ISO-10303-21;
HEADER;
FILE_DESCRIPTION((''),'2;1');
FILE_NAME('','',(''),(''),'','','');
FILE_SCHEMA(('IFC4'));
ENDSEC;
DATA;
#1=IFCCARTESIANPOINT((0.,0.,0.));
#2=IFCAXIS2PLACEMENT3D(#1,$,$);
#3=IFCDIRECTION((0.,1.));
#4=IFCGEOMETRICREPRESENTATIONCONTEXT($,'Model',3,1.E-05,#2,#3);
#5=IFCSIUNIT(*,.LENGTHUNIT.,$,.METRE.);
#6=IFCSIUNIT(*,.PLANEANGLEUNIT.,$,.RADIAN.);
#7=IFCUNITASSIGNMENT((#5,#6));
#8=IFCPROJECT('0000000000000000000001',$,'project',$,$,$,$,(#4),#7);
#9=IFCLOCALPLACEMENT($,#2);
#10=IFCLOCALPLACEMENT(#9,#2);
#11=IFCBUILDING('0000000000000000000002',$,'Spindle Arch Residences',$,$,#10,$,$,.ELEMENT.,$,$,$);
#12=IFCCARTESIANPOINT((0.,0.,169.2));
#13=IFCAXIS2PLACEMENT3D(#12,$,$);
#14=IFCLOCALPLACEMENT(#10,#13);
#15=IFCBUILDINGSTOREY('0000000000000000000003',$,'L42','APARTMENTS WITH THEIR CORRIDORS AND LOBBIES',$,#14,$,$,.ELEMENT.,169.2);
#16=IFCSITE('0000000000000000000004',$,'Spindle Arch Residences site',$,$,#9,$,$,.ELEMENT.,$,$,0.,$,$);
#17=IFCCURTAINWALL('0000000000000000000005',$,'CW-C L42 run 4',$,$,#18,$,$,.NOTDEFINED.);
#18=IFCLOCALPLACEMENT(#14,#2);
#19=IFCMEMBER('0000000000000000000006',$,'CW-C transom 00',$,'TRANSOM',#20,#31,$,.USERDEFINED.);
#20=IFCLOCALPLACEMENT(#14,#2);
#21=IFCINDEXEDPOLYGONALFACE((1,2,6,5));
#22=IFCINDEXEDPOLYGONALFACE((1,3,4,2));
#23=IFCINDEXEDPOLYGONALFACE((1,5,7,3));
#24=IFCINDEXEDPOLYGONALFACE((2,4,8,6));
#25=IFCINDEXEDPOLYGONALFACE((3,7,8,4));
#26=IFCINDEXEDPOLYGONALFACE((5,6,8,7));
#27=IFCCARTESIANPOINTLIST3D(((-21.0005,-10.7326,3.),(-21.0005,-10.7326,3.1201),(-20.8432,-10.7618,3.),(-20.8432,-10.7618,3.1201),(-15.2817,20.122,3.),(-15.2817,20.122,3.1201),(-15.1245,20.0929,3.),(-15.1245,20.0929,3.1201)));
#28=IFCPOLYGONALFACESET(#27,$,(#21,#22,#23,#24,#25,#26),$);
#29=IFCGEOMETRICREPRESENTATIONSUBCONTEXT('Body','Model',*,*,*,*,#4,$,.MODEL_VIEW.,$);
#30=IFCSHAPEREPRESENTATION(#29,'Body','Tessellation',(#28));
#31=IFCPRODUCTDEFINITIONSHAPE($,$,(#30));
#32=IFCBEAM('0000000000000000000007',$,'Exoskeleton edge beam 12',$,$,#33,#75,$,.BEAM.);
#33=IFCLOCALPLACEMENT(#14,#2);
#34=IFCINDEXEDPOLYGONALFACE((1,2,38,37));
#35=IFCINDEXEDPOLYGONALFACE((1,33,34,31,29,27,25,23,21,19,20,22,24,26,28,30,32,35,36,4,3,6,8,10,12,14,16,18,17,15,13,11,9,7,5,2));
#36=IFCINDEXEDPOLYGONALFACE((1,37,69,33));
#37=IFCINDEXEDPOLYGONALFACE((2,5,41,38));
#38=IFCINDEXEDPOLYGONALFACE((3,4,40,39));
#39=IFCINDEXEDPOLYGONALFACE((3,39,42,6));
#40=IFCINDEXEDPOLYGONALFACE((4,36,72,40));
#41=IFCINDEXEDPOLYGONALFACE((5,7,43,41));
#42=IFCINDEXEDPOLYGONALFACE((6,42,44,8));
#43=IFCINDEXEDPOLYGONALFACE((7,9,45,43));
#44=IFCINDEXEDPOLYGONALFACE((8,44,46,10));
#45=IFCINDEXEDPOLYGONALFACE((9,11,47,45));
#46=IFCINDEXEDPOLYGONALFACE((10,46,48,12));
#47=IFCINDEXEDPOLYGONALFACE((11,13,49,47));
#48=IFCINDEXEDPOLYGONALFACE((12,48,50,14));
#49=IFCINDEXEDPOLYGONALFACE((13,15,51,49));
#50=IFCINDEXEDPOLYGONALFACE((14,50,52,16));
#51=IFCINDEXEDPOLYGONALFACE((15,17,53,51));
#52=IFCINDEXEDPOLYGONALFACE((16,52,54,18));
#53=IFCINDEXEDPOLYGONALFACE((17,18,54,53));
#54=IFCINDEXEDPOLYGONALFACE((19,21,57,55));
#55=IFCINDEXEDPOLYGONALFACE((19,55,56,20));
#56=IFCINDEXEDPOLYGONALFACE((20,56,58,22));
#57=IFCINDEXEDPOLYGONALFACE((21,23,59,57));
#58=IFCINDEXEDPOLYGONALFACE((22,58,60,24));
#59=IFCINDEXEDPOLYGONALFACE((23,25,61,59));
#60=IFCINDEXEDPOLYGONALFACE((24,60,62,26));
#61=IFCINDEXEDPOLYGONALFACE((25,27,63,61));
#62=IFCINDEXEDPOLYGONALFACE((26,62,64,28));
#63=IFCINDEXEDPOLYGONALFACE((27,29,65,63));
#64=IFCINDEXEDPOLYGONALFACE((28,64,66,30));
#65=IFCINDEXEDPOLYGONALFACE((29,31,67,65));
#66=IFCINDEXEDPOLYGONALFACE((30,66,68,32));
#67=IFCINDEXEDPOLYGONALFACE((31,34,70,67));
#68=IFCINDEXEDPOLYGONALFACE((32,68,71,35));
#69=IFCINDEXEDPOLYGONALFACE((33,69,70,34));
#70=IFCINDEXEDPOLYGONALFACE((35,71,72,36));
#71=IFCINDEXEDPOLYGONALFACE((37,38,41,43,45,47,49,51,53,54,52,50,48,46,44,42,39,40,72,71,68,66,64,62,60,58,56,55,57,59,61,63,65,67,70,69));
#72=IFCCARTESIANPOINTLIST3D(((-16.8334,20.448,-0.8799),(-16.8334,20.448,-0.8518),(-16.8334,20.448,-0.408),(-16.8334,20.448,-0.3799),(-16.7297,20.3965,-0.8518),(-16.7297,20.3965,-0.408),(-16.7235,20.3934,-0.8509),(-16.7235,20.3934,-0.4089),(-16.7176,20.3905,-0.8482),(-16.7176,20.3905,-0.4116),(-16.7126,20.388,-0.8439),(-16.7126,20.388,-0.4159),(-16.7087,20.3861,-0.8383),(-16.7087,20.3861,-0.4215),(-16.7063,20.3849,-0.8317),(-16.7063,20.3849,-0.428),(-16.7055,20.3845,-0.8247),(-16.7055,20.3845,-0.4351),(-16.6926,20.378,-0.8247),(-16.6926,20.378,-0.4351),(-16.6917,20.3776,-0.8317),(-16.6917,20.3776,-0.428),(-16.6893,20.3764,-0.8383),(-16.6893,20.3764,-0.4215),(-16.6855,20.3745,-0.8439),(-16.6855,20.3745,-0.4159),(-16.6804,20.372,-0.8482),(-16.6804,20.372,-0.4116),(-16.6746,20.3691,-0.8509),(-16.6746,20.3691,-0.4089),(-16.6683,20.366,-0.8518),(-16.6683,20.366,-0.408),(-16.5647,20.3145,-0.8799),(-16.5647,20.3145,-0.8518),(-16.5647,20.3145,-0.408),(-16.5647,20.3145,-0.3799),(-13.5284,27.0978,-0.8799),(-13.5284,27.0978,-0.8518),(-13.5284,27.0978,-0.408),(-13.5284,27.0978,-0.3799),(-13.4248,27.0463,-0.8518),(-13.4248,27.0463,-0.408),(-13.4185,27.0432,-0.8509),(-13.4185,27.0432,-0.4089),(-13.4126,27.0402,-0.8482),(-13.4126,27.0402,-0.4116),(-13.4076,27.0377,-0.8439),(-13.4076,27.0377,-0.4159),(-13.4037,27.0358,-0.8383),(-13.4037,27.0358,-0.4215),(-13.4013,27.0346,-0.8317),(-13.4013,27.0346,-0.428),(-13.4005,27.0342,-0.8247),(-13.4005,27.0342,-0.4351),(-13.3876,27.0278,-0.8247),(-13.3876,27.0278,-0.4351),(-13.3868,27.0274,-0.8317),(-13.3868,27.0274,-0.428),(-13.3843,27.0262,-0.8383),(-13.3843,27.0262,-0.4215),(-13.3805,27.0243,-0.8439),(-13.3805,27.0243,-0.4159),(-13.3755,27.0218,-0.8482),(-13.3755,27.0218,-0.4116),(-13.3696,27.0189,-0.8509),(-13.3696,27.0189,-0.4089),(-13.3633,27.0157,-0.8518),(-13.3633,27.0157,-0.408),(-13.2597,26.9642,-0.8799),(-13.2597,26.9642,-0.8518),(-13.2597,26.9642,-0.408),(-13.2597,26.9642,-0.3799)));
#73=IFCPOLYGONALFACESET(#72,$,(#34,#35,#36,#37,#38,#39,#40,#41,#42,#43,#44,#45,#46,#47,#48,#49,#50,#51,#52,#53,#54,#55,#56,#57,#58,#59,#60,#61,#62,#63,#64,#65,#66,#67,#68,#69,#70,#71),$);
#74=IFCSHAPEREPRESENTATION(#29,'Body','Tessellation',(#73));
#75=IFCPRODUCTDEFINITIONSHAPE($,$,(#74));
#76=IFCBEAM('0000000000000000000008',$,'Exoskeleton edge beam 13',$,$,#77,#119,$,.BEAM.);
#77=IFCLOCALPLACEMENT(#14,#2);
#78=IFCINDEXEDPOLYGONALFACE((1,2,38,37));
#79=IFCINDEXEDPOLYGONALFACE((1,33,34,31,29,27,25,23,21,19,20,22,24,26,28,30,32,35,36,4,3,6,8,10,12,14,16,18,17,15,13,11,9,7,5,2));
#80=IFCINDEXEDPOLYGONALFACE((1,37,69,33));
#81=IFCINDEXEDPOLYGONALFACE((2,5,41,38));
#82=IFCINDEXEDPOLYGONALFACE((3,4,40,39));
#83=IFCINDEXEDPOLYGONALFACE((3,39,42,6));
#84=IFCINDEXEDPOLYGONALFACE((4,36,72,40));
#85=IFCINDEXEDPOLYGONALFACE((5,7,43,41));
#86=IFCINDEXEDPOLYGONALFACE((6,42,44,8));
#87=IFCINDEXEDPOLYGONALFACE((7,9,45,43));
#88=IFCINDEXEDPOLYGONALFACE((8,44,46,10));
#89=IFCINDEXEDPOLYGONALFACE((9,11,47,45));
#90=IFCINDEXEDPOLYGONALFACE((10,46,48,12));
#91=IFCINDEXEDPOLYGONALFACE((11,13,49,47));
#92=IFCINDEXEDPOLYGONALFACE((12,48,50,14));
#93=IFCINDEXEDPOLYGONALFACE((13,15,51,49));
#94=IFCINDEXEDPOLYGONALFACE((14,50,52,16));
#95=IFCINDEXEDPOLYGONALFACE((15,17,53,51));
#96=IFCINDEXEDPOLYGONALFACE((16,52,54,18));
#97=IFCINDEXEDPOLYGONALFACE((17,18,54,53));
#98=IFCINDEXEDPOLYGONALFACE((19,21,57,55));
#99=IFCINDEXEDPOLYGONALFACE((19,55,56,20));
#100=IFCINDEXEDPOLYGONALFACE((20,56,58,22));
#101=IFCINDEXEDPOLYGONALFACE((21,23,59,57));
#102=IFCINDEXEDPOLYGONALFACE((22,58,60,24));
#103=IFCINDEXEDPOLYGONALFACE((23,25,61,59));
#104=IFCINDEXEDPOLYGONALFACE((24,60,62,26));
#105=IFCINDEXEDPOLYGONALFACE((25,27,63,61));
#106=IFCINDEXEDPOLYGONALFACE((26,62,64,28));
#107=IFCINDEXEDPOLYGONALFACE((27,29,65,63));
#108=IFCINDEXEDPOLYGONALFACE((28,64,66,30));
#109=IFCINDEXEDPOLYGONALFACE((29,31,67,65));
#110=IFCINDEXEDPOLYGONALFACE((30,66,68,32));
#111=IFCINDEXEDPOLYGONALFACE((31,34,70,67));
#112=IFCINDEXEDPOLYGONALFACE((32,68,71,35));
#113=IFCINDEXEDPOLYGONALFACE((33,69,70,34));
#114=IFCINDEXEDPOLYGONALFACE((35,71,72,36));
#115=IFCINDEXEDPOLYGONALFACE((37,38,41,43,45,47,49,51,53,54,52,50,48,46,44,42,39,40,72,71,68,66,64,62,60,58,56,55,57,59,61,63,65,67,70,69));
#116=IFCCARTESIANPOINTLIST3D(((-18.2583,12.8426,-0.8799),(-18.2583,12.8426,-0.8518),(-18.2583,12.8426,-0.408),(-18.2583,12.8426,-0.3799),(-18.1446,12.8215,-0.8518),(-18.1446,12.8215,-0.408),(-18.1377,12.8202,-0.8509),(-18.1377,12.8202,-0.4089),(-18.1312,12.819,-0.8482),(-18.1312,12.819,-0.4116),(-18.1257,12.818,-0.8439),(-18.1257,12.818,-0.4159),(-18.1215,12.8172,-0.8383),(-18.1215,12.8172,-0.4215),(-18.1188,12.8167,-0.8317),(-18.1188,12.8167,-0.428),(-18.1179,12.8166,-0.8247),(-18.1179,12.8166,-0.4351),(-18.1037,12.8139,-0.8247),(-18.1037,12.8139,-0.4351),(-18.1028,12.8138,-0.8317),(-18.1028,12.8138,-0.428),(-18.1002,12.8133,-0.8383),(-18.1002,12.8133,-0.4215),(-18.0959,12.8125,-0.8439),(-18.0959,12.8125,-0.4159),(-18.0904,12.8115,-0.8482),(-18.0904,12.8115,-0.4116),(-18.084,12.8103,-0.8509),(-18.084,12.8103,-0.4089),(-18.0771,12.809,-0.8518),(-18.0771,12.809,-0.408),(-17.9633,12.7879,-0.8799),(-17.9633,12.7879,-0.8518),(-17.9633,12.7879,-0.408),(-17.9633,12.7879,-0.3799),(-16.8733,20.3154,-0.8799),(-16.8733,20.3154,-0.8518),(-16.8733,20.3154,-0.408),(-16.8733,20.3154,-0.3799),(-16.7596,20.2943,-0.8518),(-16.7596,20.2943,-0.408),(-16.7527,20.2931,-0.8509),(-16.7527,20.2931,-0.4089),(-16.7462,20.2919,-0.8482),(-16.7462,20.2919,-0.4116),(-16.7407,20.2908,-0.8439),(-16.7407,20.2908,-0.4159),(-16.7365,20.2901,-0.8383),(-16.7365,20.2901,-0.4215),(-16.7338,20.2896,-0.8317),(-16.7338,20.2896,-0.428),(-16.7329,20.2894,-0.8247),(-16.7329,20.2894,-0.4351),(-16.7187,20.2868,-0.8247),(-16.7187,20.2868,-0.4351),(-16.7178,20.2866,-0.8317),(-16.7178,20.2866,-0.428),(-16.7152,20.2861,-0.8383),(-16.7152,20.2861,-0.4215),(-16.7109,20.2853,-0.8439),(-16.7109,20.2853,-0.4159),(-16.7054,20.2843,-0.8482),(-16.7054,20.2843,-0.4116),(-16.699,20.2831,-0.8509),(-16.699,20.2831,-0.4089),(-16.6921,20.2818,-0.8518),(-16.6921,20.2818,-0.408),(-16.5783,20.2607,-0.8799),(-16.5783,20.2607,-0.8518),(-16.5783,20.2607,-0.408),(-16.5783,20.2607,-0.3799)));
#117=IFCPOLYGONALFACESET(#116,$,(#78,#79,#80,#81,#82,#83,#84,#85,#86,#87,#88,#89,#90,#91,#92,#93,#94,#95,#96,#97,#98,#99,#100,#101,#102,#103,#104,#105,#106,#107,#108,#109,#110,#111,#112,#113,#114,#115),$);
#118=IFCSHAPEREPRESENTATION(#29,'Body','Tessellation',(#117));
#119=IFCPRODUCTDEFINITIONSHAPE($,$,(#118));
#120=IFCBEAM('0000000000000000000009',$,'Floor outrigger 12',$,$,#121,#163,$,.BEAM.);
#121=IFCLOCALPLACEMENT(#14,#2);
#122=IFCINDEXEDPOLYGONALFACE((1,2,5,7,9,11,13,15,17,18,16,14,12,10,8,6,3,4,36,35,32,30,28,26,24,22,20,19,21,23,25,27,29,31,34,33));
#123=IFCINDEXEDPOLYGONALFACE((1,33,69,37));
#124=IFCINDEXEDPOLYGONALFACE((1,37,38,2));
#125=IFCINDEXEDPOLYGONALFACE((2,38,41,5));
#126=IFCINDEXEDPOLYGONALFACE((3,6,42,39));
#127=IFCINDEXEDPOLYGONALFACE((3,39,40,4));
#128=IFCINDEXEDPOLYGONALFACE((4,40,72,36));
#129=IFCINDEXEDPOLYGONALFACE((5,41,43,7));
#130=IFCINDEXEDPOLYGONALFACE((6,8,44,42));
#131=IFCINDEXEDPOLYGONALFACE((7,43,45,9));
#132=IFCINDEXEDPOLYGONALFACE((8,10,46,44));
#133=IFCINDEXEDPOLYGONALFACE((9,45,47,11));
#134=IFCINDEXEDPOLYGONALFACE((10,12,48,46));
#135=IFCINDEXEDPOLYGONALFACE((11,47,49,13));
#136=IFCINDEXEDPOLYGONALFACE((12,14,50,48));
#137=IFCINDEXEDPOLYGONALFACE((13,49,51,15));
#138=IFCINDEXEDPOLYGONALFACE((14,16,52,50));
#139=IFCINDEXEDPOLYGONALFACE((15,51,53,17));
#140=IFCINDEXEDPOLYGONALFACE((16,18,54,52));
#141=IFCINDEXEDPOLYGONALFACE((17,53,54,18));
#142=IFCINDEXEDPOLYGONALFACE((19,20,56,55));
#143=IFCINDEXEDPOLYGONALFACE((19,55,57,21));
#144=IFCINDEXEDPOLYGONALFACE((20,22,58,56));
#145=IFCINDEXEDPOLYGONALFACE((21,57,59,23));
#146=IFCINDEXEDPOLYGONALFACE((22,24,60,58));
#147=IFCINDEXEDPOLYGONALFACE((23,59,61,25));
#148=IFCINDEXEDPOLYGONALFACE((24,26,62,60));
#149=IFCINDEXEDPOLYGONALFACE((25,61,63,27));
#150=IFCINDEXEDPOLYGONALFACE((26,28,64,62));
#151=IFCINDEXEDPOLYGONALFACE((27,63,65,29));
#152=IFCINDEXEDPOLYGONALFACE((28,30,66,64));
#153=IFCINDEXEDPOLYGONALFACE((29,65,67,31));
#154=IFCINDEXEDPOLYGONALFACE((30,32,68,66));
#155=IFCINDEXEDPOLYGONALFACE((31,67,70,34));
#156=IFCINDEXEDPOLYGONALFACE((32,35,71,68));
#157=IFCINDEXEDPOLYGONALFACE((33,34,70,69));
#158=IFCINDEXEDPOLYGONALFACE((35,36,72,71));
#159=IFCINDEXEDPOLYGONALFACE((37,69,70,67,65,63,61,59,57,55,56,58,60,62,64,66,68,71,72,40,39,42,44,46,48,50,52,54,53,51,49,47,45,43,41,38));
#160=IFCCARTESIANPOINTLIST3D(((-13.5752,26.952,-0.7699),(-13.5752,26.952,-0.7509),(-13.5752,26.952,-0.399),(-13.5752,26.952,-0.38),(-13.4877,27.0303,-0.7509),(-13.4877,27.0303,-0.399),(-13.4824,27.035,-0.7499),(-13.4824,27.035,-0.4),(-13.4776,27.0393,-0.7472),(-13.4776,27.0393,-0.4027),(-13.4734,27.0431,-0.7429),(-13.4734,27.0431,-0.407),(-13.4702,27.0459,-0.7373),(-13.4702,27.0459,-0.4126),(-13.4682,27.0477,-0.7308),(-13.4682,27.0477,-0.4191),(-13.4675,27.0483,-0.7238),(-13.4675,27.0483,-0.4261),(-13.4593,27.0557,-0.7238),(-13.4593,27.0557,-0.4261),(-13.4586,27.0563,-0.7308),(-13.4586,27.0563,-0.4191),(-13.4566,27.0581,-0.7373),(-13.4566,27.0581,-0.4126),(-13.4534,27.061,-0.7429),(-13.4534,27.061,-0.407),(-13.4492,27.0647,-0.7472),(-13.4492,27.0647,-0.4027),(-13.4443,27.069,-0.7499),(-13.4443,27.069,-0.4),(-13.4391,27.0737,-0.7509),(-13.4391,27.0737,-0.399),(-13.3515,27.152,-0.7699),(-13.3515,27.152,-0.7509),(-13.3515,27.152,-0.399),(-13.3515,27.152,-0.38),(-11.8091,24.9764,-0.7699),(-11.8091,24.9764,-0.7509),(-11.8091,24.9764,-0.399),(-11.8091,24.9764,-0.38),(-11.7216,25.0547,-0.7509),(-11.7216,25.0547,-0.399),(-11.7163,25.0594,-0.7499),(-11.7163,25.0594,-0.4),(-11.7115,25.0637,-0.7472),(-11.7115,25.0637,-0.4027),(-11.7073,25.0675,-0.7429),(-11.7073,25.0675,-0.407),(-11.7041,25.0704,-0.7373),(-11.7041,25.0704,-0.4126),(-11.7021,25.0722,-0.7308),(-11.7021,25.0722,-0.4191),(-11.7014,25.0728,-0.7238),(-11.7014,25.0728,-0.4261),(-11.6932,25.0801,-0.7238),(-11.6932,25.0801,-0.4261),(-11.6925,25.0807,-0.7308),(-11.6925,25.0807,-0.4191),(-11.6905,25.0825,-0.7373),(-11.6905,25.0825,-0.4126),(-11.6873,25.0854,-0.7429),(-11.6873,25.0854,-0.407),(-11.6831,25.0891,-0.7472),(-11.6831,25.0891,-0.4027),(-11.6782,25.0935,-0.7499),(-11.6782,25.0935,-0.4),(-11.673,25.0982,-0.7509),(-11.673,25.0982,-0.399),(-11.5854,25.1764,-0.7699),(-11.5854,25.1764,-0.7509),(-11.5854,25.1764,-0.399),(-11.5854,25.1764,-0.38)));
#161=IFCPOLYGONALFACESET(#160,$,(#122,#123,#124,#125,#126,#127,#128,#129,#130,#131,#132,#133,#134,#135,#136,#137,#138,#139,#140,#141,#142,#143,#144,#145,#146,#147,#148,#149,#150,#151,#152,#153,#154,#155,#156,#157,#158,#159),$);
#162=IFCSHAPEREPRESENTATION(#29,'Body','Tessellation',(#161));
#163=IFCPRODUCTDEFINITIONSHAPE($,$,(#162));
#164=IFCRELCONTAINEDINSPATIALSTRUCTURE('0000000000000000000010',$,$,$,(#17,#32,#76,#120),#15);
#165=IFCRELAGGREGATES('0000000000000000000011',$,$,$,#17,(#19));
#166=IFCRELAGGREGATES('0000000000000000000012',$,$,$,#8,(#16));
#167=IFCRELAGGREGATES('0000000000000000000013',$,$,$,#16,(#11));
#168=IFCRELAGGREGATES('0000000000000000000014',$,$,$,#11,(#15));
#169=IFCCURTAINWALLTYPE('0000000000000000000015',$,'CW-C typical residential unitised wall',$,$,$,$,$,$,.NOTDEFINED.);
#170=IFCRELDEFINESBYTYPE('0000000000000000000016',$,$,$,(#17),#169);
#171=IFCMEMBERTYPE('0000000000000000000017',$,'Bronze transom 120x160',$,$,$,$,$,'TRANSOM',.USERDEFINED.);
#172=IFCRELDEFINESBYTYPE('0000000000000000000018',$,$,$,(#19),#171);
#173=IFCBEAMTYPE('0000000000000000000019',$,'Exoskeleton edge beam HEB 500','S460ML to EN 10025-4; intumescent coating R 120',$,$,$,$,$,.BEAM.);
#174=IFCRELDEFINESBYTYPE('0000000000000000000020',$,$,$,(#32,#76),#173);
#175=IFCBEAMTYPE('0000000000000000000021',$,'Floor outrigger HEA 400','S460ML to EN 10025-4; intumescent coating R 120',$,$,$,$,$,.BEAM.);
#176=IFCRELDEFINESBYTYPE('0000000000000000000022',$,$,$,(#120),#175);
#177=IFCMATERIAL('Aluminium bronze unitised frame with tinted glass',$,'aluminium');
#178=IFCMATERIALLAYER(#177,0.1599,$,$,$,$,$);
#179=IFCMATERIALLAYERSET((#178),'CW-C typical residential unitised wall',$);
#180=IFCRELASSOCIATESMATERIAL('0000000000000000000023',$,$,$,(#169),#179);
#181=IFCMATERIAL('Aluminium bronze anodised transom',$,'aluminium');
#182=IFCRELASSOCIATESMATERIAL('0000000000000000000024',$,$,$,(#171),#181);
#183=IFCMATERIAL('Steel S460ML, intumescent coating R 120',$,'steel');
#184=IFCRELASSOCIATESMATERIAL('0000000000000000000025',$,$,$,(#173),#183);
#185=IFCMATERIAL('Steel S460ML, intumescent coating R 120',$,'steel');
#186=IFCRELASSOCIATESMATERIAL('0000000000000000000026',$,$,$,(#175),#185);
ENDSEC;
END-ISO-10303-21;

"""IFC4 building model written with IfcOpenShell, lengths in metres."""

from ifc_helpers import new_model, si_unit, direction, frame, origin, origin_2d, place, context, subcontext, project, spatial, rectangle, i_section, extrude, material, layer, layer_set, material_profile, profile_set, type_object, element, aggregate, save


model = new_model("IFC4")

# Units and contexts
model_context = context("Model", 3, precision=1e-05, world=origin(), true_north=direction((0.0, 1.0)))
body_context = subcontext(model_context, "Body", "Model", "MODEL_VIEW")
ifc_project = project(units=[si_unit("LENGTHUNIT", "METRE"), si_unit("PLANEANGLEUNIT", "RADIAN")], contexts=[model_context])

# Site, building, storey
site_placement = place(None, origin())
site = spatial("IfcSite", under=ifc_project, at=site_placement, Name="Spindle Arch Residences site", CompositionType="ELEMENT", RefElevation=0.0)
building_placement = place(site_placement, origin())
building = spatial("IfcBuilding", under=site, at=building_placement, Name="Spindle Arch Residences", CompositionType="ELEMENT")
storey_placement = place(building_placement, frame((0.0, 0.0, 169.2)))
storey = spatial("IfcBuildingStorey", under=building, at=storey_placement, Name="L42", Description="APARTMENTS WITH THEIR CORRIDORS AND LOBBIES", CompositionType="ELEMENT", Elevation=169.2)

# Curtain wall
ifc_material_1 = material(Name="Aluminium bronze unitised frame with tinted glass", Category="aluminium")
ifc_layer_1 = layer(ifc_material_1, 0.1599)
ifc_layer_set_1 = layer_set([ifc_layer_1], Name="CW-C typical residential unitised wall")
curtain_wall_type_1 = type_object("IfcCurtainWallType", Name="CW-C typical residential unitised wall", PredefinedType="NOTDEFINED", material=ifc_layer_set_1)
curtain_wall_1_placement = place(storey_placement, origin())
curtain_wall_1 = element("IfcCurtainWall", 1, at=curtain_wall_1_placement, inside=storey, type_object=curtain_wall_type_1, Name="CW-C L42 run 4", PredefinedType="NOTDEFINED")

# Member
ifc_material_2 = material(Name="Aluminium bronze anodised transom", Category="aluminium")
ifc_material_profile_1 = material_profile(ifc_material_2, rectangle(XDim=0.1599, YDim=0.1201, at=origin_2d()), Name="TR 120x160")
ifc_profile_set_1 = profile_set([ifc_material_profile_1], Name="Aluminium bronze anodised transom")
member_type_1 = type_object("IfcMemberType", Name="Bronze transom 120x160", ElementType="TRANSOM", PredefinedType="USERDEFINED", material=ifc_profile_set_1)
member_1_placement = place(storey_placement, frame((-15.2031, 20.1074, 3.0601), z_axis=(-0.182241, -0.983254, 0.0), x_axis=(0.983254, -0.182241, 0.0)))
member_1 = element("IfcMember", 2, at=member_1_placement, type_object=member_type_1, Name="CW-C transom 00", ObjectType="TRANSOM", PredefinedType="USERDEFINED", context=body_context, shape_type="SweptSolid", body=[
    extrude(rectangle(XDim=0.1599, YDim=0.1201, at=origin_2d()), origin(), (0.0, 0.0, 1.0), 31.3801),
])

# Beams
ifc_material_3 = material(Name="Steel S460ML, intumescent coating R 120", Category="steel")
ifc_material_profile_2 = material_profile(ifc_material_3, i_section(OverallWidth=0.3, OverallDepth=0.5, WebThickness=0.0144, FlangeThickness=0.0281, FilletRadius=0.0271, at=origin_2d()), Name="HEB 500")
ifc_profile_set_2 = profile_set([ifc_material_profile_2], Name="Steel S460ML, intumescent coating R 120")
beam_type_1 = type_object("IfcBeamType", Name="Exoskeleton edge beam HEB 500", Description="S460ML to EN 10025-4; intumescent coating R 120", PredefinedType="BEAM", material=ifc_profile_set_2)
beam_1_placement = place(storey_placement, frame((-13.394, 27.031, -0.6299), z_axis=(-0.445069, -0.895496, 0.0), x_axis=(0.895496, -0.445069, 0.0)))
element("IfcBeam", 3, at=beam_1_placement, inside=storey, type_object=beam_type_1, Name="Exoskeleton edge beam 12", PredefinedType="BEAM", context=body_context, shape_type="SweptSolid", body=[
    extrude(i_section(OverallWidth=0.3, OverallDepth=0.5, WebThickness=0.0144, FlangeThickness=0.0281, FilletRadius=0.0271, at=origin_2d()), origin(), (0.0, 0.0, 1.0), 7.4258),
])
beam_2_placement = place(storey_placement, frame((-16.7258, 20.2881, -0.6299), z_axis=(-0.182234, -0.983255, 0.0), x_axis=(0.983255, -0.182234, 0.0)))
element("IfcBeam", 4, at=beam_2_placement, inside=storey, type_object=beam_type_1, Name="Exoskeleton edge beam 13", PredefinedType="BEAM", context=body_context, shape_type="SweptSolid", body=[
    extrude(i_section(OverallWidth=0.3, OverallDepth=0.5, WebThickness=0.0144, FlangeThickness=0.0281, FilletRadius=0.0271, at=origin_2d()), origin(), (0.0, 0.0, 1.0), 7.6001),
])
ifc_material_4 = material(Name="Steel S460ML, intumescent coating R 120", Category="steel")
ifc_material_profile_3 = material_profile(ifc_material_4, i_section(OverallWidth=0.3, OverallDepth=0.3899, WebThickness=0.011, FlangeThickness=0.019, FilletRadius=0.0271, at=origin_2d()), Name="HEA 400")
ifc_profile_set_3 = profile_set([ifc_material_profile_3], Name="Steel S460ML, intumescent coating R 120")
beam_type_2 = type_object("IfcBeamType", Name="Floor outrigger HEA 400", Description="S460ML to EN 10025-4; intumescent coating R 120", PredefinedType="BEAM", material=ifc_profile_set_3)
beam_3_placement = place(storey_placement, frame((-13.4634, 27.052, -0.575), z_axis=(0.666477, -0.745526, 0.0), x_axis=(0.745526, 0.666477, 0.0)))
element("IfcBeam", 5, at=beam_3_placement, inside=storey, type_object=beam_type_2, Name="Floor outrigger 12", PredefinedType="BEAM", context=body_context, shape_type="SweptSolid", body=[
    extrude(i_section(OverallWidth=0.3, OverallDepth=0.3899, WebThickness=0.011, FlangeThickness=0.019, FilletRadius=0.0271, at=origin_2d()), origin(), (0.0, 0.0, 1.0), 2.6499),
])

aggregate(curtain_wall_1, [member_1])

save(model, "model.ifc")
